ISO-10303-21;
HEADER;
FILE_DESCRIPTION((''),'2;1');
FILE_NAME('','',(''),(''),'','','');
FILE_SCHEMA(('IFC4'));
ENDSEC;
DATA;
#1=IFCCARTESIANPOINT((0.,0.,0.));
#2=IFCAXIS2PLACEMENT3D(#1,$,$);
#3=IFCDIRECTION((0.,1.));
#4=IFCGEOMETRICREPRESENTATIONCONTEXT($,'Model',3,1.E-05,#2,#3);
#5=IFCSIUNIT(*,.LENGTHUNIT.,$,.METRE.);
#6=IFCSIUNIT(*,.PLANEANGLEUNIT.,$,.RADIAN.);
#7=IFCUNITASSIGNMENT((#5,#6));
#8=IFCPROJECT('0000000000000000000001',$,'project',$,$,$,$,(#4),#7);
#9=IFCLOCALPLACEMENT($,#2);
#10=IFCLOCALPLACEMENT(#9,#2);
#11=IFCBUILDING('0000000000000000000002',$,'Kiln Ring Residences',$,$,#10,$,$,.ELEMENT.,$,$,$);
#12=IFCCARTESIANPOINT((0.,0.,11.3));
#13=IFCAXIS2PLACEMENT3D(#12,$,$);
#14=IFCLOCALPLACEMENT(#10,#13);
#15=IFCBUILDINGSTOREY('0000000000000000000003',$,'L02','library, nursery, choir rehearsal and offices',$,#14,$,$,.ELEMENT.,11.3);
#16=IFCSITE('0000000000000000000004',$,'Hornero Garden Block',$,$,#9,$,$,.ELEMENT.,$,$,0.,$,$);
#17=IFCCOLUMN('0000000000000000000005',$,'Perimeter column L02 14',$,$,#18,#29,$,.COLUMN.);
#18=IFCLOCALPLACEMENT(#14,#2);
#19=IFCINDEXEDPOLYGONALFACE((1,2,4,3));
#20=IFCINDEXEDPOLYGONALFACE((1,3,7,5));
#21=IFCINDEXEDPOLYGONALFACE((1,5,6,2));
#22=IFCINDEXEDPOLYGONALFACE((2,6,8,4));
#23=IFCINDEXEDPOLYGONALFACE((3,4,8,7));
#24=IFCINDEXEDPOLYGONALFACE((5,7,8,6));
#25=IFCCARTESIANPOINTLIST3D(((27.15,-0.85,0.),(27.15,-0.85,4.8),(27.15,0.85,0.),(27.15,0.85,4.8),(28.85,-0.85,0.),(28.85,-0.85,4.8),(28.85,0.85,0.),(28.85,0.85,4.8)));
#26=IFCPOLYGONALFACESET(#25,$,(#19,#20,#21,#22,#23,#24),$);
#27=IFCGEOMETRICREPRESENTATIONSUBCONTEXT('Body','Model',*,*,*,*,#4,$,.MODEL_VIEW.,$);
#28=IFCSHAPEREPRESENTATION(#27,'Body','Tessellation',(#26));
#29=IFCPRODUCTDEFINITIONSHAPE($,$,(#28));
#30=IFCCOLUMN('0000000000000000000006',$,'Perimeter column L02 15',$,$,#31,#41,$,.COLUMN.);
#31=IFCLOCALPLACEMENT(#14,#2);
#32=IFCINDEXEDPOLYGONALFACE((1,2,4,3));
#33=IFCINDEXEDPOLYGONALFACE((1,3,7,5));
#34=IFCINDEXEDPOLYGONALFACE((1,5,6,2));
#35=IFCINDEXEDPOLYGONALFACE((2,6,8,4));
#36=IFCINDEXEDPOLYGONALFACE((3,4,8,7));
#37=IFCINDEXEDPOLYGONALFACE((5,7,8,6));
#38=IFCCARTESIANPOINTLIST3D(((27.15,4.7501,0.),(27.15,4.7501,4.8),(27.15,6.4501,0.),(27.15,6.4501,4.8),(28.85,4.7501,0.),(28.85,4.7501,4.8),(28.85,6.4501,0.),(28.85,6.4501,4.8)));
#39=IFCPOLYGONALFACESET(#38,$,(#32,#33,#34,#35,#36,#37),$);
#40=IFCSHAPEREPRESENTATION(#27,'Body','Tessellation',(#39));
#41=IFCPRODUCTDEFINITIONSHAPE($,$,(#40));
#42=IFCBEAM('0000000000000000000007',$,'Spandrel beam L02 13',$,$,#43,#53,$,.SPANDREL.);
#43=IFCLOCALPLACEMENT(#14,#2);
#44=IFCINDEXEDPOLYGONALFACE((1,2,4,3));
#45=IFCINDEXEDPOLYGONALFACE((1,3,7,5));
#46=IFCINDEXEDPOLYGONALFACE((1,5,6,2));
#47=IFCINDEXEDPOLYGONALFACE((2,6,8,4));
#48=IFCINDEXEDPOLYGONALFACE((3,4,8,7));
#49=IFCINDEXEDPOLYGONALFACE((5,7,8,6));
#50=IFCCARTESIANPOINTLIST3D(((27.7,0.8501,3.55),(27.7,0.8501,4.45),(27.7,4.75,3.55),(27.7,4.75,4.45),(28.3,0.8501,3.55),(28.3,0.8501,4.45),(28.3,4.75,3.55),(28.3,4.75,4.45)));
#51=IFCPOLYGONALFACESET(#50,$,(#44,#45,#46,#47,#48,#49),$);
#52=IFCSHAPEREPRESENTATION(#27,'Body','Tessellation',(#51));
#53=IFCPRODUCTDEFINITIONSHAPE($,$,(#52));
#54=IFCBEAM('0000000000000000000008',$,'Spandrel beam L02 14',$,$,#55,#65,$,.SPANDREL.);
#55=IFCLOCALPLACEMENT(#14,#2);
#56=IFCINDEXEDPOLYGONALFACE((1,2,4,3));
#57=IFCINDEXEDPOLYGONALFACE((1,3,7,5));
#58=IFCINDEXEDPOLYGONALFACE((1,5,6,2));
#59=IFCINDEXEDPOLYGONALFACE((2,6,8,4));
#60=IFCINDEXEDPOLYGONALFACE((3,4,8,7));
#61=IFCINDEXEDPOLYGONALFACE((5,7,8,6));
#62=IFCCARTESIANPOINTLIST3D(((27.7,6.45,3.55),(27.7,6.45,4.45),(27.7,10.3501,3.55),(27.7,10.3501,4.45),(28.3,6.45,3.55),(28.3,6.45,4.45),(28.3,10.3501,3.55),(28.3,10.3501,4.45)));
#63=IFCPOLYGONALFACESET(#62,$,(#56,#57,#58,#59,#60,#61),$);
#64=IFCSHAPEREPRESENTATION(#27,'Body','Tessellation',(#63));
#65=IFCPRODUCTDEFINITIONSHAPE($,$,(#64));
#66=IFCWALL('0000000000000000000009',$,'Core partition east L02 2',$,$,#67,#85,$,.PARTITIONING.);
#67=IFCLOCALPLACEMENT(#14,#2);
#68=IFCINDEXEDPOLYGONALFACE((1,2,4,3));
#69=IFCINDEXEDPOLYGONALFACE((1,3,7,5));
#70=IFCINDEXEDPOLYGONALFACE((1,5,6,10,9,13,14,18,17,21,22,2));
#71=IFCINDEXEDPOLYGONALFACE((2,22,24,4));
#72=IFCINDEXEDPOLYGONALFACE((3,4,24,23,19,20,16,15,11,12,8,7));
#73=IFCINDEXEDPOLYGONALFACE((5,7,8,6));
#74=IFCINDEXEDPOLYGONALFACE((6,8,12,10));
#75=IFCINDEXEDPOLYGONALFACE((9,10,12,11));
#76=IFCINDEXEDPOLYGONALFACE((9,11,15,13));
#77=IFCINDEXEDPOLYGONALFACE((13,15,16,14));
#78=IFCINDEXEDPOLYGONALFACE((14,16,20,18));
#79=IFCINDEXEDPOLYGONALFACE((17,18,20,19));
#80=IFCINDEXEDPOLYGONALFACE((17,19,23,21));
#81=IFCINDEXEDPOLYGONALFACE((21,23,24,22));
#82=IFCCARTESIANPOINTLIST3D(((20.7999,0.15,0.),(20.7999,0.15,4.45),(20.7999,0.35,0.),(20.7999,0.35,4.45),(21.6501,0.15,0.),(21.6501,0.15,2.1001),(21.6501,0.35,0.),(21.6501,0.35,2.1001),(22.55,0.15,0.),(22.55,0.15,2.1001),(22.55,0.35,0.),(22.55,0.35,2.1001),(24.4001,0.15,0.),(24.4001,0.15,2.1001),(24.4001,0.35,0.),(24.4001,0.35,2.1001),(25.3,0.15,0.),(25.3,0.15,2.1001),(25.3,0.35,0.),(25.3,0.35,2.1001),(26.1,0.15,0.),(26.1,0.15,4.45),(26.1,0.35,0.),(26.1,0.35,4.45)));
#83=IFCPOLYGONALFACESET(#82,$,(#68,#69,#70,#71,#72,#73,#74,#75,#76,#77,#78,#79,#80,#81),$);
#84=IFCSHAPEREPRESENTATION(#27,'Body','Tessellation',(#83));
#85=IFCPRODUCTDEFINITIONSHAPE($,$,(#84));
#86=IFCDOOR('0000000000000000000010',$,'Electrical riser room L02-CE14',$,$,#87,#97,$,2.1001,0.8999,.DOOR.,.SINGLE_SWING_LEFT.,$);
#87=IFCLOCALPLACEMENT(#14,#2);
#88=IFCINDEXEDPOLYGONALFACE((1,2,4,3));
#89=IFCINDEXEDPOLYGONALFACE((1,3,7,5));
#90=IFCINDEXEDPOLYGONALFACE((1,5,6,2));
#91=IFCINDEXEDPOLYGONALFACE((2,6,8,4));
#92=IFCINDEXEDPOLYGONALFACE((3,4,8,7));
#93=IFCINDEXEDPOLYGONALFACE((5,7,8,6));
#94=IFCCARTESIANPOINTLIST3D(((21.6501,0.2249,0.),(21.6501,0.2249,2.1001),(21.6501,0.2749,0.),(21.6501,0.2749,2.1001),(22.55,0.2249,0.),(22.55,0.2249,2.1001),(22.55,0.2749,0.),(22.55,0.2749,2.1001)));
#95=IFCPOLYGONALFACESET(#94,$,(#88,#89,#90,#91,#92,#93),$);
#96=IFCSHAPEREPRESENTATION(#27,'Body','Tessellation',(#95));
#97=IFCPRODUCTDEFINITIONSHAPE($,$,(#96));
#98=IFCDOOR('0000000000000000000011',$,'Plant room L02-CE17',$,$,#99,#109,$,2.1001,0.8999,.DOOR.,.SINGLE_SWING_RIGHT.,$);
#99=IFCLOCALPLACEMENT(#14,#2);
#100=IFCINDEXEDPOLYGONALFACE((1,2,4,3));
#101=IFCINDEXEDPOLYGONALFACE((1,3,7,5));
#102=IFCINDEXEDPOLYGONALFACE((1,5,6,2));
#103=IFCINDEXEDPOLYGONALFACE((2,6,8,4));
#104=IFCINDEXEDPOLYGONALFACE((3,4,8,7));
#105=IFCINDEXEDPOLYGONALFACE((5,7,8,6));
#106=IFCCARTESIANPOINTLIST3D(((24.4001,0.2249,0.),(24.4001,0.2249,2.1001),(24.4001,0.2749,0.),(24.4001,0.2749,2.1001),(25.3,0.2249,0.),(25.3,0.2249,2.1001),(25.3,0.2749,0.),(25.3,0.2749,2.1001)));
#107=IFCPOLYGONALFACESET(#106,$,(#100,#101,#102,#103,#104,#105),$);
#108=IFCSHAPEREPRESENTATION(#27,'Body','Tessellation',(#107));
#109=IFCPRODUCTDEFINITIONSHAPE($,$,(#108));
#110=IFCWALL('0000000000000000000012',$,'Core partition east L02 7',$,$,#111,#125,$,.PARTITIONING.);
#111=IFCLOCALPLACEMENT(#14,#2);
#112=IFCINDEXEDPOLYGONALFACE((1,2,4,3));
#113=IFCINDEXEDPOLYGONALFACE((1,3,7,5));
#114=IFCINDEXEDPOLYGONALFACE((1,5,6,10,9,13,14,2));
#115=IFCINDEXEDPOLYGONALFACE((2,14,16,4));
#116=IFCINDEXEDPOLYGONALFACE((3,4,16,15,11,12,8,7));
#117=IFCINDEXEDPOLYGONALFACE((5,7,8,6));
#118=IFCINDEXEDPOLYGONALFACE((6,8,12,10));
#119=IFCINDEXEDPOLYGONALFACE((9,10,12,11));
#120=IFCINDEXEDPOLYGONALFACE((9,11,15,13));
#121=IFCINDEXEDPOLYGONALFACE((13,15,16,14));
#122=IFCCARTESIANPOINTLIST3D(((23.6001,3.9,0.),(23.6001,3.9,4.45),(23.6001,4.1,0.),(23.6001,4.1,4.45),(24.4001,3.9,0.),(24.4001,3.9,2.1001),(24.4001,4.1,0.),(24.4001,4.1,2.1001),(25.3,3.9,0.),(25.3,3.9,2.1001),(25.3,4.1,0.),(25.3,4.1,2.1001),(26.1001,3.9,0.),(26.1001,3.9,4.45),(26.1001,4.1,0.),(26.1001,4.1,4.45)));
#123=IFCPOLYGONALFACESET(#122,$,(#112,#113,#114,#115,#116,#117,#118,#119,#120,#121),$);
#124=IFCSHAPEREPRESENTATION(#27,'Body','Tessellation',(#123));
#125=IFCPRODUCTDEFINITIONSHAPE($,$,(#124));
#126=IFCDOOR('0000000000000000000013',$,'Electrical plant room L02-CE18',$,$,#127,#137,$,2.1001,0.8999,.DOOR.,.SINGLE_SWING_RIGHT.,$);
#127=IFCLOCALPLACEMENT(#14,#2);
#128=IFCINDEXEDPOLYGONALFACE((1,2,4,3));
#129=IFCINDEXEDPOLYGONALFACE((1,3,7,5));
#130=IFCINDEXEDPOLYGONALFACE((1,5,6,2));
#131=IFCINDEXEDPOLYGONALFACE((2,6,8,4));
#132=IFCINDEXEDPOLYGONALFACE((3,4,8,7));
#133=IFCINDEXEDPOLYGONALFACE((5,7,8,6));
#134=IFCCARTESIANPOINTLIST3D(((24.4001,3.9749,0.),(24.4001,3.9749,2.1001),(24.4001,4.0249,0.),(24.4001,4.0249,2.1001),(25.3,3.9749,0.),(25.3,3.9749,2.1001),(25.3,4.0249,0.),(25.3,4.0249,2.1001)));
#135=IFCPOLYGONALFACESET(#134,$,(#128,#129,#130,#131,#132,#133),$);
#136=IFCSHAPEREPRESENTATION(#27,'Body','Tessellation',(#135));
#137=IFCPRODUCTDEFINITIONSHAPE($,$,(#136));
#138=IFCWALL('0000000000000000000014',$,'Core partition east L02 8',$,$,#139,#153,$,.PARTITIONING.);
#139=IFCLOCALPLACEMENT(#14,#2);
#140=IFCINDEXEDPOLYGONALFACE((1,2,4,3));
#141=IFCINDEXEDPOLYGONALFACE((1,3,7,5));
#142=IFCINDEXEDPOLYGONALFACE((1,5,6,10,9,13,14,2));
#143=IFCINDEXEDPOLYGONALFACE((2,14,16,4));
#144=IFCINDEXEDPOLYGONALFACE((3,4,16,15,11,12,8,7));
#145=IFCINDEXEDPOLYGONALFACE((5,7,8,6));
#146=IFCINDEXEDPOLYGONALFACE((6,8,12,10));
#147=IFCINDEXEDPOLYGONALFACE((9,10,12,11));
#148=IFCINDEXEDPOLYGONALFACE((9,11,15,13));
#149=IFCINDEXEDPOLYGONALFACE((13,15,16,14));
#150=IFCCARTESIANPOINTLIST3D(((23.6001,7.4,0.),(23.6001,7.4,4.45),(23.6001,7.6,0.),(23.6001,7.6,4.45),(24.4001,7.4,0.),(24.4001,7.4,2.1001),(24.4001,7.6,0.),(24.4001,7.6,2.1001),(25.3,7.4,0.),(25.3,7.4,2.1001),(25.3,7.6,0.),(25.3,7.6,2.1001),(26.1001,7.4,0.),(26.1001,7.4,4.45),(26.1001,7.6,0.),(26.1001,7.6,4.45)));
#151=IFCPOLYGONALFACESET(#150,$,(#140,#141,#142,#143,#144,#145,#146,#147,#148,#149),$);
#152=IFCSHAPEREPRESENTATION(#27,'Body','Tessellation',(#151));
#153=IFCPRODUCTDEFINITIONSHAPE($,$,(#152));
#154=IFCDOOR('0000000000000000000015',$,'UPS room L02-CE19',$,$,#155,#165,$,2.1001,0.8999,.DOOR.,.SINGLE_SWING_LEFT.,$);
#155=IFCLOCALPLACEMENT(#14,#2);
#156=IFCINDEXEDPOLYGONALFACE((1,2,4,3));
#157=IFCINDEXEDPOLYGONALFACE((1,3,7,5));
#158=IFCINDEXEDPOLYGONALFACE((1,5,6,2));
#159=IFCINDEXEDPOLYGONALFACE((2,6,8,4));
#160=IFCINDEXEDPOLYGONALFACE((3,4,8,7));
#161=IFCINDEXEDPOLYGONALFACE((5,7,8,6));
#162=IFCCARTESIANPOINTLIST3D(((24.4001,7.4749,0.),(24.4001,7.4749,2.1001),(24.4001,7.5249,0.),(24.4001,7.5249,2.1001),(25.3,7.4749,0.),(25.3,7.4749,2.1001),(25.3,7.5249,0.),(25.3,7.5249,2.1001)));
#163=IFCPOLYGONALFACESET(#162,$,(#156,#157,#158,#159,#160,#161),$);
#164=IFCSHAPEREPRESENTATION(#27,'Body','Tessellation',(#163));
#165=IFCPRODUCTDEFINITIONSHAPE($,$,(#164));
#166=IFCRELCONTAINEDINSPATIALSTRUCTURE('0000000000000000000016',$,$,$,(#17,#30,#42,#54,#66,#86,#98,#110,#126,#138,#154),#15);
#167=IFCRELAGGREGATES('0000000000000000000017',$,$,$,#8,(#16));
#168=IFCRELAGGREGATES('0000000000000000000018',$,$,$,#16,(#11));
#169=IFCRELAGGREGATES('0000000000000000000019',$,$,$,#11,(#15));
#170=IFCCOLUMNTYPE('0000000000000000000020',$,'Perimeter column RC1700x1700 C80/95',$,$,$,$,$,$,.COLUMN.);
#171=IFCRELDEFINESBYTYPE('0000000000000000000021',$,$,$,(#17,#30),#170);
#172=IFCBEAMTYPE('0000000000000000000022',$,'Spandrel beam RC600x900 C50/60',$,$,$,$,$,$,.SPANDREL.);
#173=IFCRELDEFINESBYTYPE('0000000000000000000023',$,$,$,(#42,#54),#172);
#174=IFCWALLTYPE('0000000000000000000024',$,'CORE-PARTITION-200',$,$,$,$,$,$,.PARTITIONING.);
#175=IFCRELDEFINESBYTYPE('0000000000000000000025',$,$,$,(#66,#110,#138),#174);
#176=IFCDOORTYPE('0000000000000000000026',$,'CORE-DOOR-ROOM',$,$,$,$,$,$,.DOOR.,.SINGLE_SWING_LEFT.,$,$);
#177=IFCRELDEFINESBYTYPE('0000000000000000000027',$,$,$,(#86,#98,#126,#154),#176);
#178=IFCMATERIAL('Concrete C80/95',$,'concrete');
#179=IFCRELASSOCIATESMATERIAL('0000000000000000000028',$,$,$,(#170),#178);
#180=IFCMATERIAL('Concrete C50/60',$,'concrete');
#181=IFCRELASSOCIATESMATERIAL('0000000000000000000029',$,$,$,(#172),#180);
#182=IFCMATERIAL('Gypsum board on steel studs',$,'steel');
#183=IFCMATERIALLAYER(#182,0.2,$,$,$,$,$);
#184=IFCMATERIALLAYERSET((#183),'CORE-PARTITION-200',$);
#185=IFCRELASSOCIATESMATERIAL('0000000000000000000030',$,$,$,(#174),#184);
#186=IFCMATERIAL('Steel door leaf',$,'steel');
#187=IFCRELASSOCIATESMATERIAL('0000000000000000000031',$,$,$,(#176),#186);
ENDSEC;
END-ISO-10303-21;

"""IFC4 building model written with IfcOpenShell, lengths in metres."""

from ifc_helpers import new_model, si_unit, direction, frame, frame_2d, origin, origin_2d, place, context, subcontext, project, spatial, rectangle, extrude, material, layer, layer_set, material_profile, profile_set, type_object, element, fill, save


model = new_model("IFC4")

# Units and contexts
model_context = context("Model", 3, precision=1e-05, world=origin(), true_north=direction((0.0, 1.0)))
body_context = subcontext(model_context, "Body", "Model", "MODEL_VIEW")
ifc_project = project(units=[si_unit("LENGTHUNIT", "METRE"), si_unit("PLANEANGLEUNIT", "RADIAN")], contexts=[model_context])

# Site, building, storey
site_placement = place(None, origin())
site = spatial("IfcSite", under=ifc_project, at=site_placement, Name="Hornero Garden Block", CompositionType="ELEMENT", RefElevation=0.0)
building_placement = place(site_placement, origin())
building = spatial("IfcBuilding", under=site, at=building_placement, Name="Kiln Ring Residences", CompositionType="ELEMENT")
storey_placement = place(building_placement, frame((0.0, 0.0, 11.3)))
storey = spatial("IfcBuildingStorey", under=building, at=storey_placement, Name="L02", Description="library, nursery, choir rehearsal and offices", CompositionType="ELEMENT", Elevation=11.3)

# Columns
ifc_material_1 = material(Name="Concrete C80/95", Category="concrete")
ifc_material_profile_1 = material_profile(ifc_material_1, rectangle(XDim=1.7, YDim=1.7, at=origin_2d()), Name="RC1700x1700")
ifc_profile_set_1 = profile_set([ifc_material_profile_1], Name="Concrete C80/95")
column_type = type_object("IfcColumnType", Name="Perimeter column RC1700x1700 C80/95", PredefinedType="COLUMN", material=ifc_profile_set_1)
for number, where, z_axis, x_axis, name in (
    (1, (28.0, 0.0, 0.0), (0.0, 0.0, 1.0), (1.0, 0.0, 0.0), "Perimeter column L02 14"),
    (2, (28.0, 5.6001, 0.0), (0.0, 0.0, 1.0), (1.0, 0.0, 0.0), "Perimeter column L02 15"),
):
    element("IfcColumn", number, at=place(storey_placement, frame(where, z_axis=z_axis, x_axis=x_axis)), inside=storey, type_object=column_type, Name=name, PredefinedType="COLUMN", context=body_context, shape_type="SweptSolid", body=[
        extrude(rectangle(XDim=1.7, YDim=1.7, at=origin_2d()), origin(), (0.0, 0.0, 1.0), 4.8),
    ])

# Beams
ifc_material_2 = material(Name="Concrete C50/60", Category="concrete")
ifc_material_profile_2 = material_profile(ifc_material_2, rectangle(XDim=0.6001, YDim=0.8999, at=origin_2d()), Name="RC600x900")
ifc_profile_set_2 = profile_set([ifc_material_profile_2], Name="Concrete C50/60")
beam_type = type_object("IfcBeamType", Name="Spandrel beam RC600x900 C50/60", PredefinedType="SPANDREL", material=ifc_profile_set_2)
beam_1_placement = place(storey_placement, frame((28.0, 0.8501, 4.0), z_axis=(0.0, 1.0, 0.0), x_axis=(-1.0, 0.0, 0.0)))
element("IfcBeam", 3, at=beam_1_placement, inside=storey, type_object=beam_type, Name="Spandrel beam L02 13", PredefinedType="SPANDREL", context=body_context, shape_type="SweptSolid", body=[
    extrude(rectangle(XDim=0.6001, YDim=0.8999, at=origin_2d()), origin(), (0.0, 0.0, 1.0), 3.8999),
])
beam_2_placement = place(storey_placement, frame((28.0, 6.45, 4.0), z_axis=(0.0, 1.0, 0.0), x_axis=(-1.0, 0.0, 0.0)))
element("IfcBeam", 4, at=beam_2_placement, inside=storey, type_object=beam_type, Name="Spandrel beam L02 14", PredefinedType="SPANDREL", context=body_context, shape_type="SweptSolid", body=[
    extrude(rectangle(XDim=0.6001, YDim=0.8999, at=origin_2d()), origin(), (0.0, 0.0, 1.0), 3.9001),
])

# Wall, openings, doors
ifc_material_3 = material(Name="Gypsum board on steel studs", Category="steel")
ifc_layer_1 = layer(ifc_material_3, 0.2)
ifc_layer_set_1 = layer_set([ifc_layer_1], Name="CORE-PARTITION-200")
wall_type_1 = type_object("IfcWallType", Name="CORE-PARTITION-200", PredefinedType="PARTITIONING", material=ifc_layer_set_1)
wall_1_placement = place(storey_placement, frame((20.8, 0.25, 0.0), z_axis=(0.0, 0.0, 1.0), x_axis=(1.0, 0.0, 0.0)))
wall_1 = element("IfcWall", 5, at=wall_1_placement, inside=storey, type_object=wall_type_1, Name="Core partition east L02 2", PredefinedType="PARTITIONING", context=body_context, shape_type="SweptSolid", body=[
    extrude(rectangle(XDim=5.3, YDim=0.2, at=frame_2d((2.6499, 0.0))), origin(), (0.0, 0.0, 1.0), 4.45),
])
opening_1_placement = place(wall_1_placement, frame((0.8501, 0.0, 0.0)))
opening_1 = element("IfcOpeningElement", 6, at=opening_1_placement, cuts=wall_1, PredefinedType="OPENING", context=body_context, shape_type="SweptSolid", body=[
    extrude(rectangle(XDim=0.8999, YDim=2.1001, at=frame_2d((0.45, 1.05))), frame((0.0, 0.1099, 0.0), z_axis=(0.0, -1.0, 0.0), x_axis=(1.0, 0.0, 0.0)), (0.0, 0.0, 1.0), 0.22),
])
opening_2_placement = place(wall_1_placement, frame((3.6001, 0.0, 0.0)))
opening_2 = element("IfcOpeningElement", 7, at=opening_2_placement, cuts=wall_1, PredefinedType="OPENING", context=body_context, shape_type="SweptSolid", body=[
    extrude(rectangle(XDim=0.8999, YDim=2.1001, at=frame_2d((0.45, 1.05))), frame((0.0, 0.1099, 0.0), z_axis=(0.0, -1.0, 0.0), x_axis=(1.0, 0.0, 0.0)), (0.0, 0.0, 1.0), 0.22),
])
ifc_material_4 = material(Name="Steel door leaf", Category="steel")
door_type = type_object("IfcDoorType", Name="CORE-DOOR-ROOM", OperationType="SINGLE_SWING_LEFT", PredefinedType="DOOR", material=ifc_material_4)
door_1_placement = place(opening_1_placement, origin())
door_1 = element("IfcDoor", 8, at=door_1_placement, inside=storey, type_object=door_type, Name="Electrical riser room L02-CE14", OperationType="SINGLE_SWING_LEFT", OverallHeight=2.1001, OverallWidth=0.8999, PredefinedType="DOOR", context=body_context, shape_type="SweptSolid", body=[
    extrude(rectangle(XDim=0.8999, YDim=2.1001, at=frame_2d((0.45, 1.05))), frame((0.0, 0.0249, 0.0), z_axis=(0.0, -1.0, 0.0), x_axis=(1.0, 0.0, 0.0)), (0.0, 0.0, 1.0), 0.05),
])
fill(opening_1, door_1)
door_2_placement = place(opening_2_placement, origin())
door_2 = element("IfcDoor", 9, at=door_2_placement, inside=storey, type_object=door_type, Name="Plant room L02-CE17", OperationType="SINGLE_SWING_RIGHT", OverallHeight=2.1001, OverallWidth=0.8999, PredefinedType="DOOR", context=body_context, shape_type="SweptSolid", body=[
    extrude(rectangle(XDim=0.8999, YDim=2.1001, at=frame_2d((0.45, 1.05))), frame((0.0, 0.0249, 0.0), z_axis=(0.0, -1.0, 0.0), x_axis=(1.0, 0.0, 0.0)), (0.0, 0.0, 1.0), 0.05),
])
fill(opening_2, door_2)

# Walls, openings, doors
wall_2_placement = place(storey_placement, frame((23.6001, 4.0, 0.0), z_axis=(0.0, 0.0, 1.0), x_axis=(1.0, 0.0, 0.0)))
wall_2 = element("IfcWall", 10, at=wall_2_placement, inside=storey, type_object=wall_type_1, Name="Core partition east L02 7", PredefinedType="PARTITIONING", context=body_context, shape_type="SweptSolid", body=[
    extrude(rectangle(XDim=2.5, YDim=0.2, at=frame_2d((1.25, 0.0))), origin(), (0.0, 0.0, 1.0), 4.45),
])
opening_3_placement = place(wall_2_placement, frame((0.8, 0.0, 0.0)))
opening_3 = element("IfcOpeningElement", 11, at=opening_3_placement, cuts=wall_2, PredefinedType="OPENING", context=body_context, shape_type="SweptSolid", body=[
    extrude(rectangle(XDim=0.8999, YDim=2.1001, at=frame_2d((0.45, 1.05))), frame((0.0, 0.1099, 0.0), z_axis=(0.0, -1.0, 0.0), x_axis=(1.0, 0.0, 0.0)), (0.0, 0.0, 1.0), 0.22),
])
door_3_placement = place(opening_3_placement, origin())
door_3 = element("IfcDoor", 12, at=door_3_placement, inside=storey, type_object=door_type, Name="Electrical plant room L02-CE18", OperationType="SINGLE_SWING_RIGHT", OverallHeight=2.1001, OverallWidth=0.8999, PredefinedType="DOOR", context=body_context, shape_type="SweptSolid", body=[
    extrude(rectangle(XDim=0.8999, YDim=2.1001, at=frame_2d((0.45, 1.05))), frame((0.0, 0.0249, 0.0), z_axis=(0.0, -1.0, 0.0), x_axis=(1.0, 0.0, 0.0)), (0.0, 0.0, 1.0), 0.05),
])
fill(opening_3, door_3)
wall_3_placement = place(storey_placement, frame((23.6001, 7.5, 0.0), z_axis=(0.0, 0.0, 1.0), x_axis=(1.0, 0.0, 0.0)))
wall_3 = element("IfcWall", 13, at=wall_3_placement, inside=storey, type_object=wall_type_1, Name="Core partition east L02 8", PredefinedType="PARTITIONING", context=body_context, shape_type="SweptSolid", body=[
    extrude(rectangle(XDim=2.5, YDim=0.2, at=frame_2d((1.25, 0.0))), origin(), (0.0, 0.0, 1.0), 4.45),
])
opening_4_placement = place(wall_3_placement, frame((0.8, 0.0, 0.0)))
opening_4 = element("IfcOpeningElement", 14, at=opening_4_placement, cuts=wall_3, PredefinedType="OPENING", context=body_context, shape_type="SweptSolid", body=[
    extrude(rectangle(XDim=0.8999, YDim=2.1001, at=frame_2d((0.45, 1.05))), frame((0.0, 0.1099, 0.0), z_axis=(0.0, -1.0, 0.0), x_axis=(1.0, 0.0, 0.0)), (0.0, 0.0, 1.0), 0.22),
])
door_4_placement = place(opening_4_placement, origin())
door_4 = element("IfcDoor", 15, at=door_4_placement, inside=storey, type_object=door_type, Name="UPS room L02-CE19", OperationType="SINGLE_SWING_LEFT", OverallHeight=2.1001, OverallWidth=0.8999, PredefinedType="DOOR", context=body_context, shape_type="SweptSolid", body=[
    extrude(rectangle(XDim=0.8999, YDim=2.1001, at=frame_2d((0.45, 1.05))), frame((0.0, 0.0249, 0.0), z_axis=(0.0, -1.0, 0.0), x_axis=(1.0, 0.0, 0.0)), (0.0, 0.0, 1.0), 0.05),
])
fill(opening_4, door_4)

save(model, "model.ifc")
